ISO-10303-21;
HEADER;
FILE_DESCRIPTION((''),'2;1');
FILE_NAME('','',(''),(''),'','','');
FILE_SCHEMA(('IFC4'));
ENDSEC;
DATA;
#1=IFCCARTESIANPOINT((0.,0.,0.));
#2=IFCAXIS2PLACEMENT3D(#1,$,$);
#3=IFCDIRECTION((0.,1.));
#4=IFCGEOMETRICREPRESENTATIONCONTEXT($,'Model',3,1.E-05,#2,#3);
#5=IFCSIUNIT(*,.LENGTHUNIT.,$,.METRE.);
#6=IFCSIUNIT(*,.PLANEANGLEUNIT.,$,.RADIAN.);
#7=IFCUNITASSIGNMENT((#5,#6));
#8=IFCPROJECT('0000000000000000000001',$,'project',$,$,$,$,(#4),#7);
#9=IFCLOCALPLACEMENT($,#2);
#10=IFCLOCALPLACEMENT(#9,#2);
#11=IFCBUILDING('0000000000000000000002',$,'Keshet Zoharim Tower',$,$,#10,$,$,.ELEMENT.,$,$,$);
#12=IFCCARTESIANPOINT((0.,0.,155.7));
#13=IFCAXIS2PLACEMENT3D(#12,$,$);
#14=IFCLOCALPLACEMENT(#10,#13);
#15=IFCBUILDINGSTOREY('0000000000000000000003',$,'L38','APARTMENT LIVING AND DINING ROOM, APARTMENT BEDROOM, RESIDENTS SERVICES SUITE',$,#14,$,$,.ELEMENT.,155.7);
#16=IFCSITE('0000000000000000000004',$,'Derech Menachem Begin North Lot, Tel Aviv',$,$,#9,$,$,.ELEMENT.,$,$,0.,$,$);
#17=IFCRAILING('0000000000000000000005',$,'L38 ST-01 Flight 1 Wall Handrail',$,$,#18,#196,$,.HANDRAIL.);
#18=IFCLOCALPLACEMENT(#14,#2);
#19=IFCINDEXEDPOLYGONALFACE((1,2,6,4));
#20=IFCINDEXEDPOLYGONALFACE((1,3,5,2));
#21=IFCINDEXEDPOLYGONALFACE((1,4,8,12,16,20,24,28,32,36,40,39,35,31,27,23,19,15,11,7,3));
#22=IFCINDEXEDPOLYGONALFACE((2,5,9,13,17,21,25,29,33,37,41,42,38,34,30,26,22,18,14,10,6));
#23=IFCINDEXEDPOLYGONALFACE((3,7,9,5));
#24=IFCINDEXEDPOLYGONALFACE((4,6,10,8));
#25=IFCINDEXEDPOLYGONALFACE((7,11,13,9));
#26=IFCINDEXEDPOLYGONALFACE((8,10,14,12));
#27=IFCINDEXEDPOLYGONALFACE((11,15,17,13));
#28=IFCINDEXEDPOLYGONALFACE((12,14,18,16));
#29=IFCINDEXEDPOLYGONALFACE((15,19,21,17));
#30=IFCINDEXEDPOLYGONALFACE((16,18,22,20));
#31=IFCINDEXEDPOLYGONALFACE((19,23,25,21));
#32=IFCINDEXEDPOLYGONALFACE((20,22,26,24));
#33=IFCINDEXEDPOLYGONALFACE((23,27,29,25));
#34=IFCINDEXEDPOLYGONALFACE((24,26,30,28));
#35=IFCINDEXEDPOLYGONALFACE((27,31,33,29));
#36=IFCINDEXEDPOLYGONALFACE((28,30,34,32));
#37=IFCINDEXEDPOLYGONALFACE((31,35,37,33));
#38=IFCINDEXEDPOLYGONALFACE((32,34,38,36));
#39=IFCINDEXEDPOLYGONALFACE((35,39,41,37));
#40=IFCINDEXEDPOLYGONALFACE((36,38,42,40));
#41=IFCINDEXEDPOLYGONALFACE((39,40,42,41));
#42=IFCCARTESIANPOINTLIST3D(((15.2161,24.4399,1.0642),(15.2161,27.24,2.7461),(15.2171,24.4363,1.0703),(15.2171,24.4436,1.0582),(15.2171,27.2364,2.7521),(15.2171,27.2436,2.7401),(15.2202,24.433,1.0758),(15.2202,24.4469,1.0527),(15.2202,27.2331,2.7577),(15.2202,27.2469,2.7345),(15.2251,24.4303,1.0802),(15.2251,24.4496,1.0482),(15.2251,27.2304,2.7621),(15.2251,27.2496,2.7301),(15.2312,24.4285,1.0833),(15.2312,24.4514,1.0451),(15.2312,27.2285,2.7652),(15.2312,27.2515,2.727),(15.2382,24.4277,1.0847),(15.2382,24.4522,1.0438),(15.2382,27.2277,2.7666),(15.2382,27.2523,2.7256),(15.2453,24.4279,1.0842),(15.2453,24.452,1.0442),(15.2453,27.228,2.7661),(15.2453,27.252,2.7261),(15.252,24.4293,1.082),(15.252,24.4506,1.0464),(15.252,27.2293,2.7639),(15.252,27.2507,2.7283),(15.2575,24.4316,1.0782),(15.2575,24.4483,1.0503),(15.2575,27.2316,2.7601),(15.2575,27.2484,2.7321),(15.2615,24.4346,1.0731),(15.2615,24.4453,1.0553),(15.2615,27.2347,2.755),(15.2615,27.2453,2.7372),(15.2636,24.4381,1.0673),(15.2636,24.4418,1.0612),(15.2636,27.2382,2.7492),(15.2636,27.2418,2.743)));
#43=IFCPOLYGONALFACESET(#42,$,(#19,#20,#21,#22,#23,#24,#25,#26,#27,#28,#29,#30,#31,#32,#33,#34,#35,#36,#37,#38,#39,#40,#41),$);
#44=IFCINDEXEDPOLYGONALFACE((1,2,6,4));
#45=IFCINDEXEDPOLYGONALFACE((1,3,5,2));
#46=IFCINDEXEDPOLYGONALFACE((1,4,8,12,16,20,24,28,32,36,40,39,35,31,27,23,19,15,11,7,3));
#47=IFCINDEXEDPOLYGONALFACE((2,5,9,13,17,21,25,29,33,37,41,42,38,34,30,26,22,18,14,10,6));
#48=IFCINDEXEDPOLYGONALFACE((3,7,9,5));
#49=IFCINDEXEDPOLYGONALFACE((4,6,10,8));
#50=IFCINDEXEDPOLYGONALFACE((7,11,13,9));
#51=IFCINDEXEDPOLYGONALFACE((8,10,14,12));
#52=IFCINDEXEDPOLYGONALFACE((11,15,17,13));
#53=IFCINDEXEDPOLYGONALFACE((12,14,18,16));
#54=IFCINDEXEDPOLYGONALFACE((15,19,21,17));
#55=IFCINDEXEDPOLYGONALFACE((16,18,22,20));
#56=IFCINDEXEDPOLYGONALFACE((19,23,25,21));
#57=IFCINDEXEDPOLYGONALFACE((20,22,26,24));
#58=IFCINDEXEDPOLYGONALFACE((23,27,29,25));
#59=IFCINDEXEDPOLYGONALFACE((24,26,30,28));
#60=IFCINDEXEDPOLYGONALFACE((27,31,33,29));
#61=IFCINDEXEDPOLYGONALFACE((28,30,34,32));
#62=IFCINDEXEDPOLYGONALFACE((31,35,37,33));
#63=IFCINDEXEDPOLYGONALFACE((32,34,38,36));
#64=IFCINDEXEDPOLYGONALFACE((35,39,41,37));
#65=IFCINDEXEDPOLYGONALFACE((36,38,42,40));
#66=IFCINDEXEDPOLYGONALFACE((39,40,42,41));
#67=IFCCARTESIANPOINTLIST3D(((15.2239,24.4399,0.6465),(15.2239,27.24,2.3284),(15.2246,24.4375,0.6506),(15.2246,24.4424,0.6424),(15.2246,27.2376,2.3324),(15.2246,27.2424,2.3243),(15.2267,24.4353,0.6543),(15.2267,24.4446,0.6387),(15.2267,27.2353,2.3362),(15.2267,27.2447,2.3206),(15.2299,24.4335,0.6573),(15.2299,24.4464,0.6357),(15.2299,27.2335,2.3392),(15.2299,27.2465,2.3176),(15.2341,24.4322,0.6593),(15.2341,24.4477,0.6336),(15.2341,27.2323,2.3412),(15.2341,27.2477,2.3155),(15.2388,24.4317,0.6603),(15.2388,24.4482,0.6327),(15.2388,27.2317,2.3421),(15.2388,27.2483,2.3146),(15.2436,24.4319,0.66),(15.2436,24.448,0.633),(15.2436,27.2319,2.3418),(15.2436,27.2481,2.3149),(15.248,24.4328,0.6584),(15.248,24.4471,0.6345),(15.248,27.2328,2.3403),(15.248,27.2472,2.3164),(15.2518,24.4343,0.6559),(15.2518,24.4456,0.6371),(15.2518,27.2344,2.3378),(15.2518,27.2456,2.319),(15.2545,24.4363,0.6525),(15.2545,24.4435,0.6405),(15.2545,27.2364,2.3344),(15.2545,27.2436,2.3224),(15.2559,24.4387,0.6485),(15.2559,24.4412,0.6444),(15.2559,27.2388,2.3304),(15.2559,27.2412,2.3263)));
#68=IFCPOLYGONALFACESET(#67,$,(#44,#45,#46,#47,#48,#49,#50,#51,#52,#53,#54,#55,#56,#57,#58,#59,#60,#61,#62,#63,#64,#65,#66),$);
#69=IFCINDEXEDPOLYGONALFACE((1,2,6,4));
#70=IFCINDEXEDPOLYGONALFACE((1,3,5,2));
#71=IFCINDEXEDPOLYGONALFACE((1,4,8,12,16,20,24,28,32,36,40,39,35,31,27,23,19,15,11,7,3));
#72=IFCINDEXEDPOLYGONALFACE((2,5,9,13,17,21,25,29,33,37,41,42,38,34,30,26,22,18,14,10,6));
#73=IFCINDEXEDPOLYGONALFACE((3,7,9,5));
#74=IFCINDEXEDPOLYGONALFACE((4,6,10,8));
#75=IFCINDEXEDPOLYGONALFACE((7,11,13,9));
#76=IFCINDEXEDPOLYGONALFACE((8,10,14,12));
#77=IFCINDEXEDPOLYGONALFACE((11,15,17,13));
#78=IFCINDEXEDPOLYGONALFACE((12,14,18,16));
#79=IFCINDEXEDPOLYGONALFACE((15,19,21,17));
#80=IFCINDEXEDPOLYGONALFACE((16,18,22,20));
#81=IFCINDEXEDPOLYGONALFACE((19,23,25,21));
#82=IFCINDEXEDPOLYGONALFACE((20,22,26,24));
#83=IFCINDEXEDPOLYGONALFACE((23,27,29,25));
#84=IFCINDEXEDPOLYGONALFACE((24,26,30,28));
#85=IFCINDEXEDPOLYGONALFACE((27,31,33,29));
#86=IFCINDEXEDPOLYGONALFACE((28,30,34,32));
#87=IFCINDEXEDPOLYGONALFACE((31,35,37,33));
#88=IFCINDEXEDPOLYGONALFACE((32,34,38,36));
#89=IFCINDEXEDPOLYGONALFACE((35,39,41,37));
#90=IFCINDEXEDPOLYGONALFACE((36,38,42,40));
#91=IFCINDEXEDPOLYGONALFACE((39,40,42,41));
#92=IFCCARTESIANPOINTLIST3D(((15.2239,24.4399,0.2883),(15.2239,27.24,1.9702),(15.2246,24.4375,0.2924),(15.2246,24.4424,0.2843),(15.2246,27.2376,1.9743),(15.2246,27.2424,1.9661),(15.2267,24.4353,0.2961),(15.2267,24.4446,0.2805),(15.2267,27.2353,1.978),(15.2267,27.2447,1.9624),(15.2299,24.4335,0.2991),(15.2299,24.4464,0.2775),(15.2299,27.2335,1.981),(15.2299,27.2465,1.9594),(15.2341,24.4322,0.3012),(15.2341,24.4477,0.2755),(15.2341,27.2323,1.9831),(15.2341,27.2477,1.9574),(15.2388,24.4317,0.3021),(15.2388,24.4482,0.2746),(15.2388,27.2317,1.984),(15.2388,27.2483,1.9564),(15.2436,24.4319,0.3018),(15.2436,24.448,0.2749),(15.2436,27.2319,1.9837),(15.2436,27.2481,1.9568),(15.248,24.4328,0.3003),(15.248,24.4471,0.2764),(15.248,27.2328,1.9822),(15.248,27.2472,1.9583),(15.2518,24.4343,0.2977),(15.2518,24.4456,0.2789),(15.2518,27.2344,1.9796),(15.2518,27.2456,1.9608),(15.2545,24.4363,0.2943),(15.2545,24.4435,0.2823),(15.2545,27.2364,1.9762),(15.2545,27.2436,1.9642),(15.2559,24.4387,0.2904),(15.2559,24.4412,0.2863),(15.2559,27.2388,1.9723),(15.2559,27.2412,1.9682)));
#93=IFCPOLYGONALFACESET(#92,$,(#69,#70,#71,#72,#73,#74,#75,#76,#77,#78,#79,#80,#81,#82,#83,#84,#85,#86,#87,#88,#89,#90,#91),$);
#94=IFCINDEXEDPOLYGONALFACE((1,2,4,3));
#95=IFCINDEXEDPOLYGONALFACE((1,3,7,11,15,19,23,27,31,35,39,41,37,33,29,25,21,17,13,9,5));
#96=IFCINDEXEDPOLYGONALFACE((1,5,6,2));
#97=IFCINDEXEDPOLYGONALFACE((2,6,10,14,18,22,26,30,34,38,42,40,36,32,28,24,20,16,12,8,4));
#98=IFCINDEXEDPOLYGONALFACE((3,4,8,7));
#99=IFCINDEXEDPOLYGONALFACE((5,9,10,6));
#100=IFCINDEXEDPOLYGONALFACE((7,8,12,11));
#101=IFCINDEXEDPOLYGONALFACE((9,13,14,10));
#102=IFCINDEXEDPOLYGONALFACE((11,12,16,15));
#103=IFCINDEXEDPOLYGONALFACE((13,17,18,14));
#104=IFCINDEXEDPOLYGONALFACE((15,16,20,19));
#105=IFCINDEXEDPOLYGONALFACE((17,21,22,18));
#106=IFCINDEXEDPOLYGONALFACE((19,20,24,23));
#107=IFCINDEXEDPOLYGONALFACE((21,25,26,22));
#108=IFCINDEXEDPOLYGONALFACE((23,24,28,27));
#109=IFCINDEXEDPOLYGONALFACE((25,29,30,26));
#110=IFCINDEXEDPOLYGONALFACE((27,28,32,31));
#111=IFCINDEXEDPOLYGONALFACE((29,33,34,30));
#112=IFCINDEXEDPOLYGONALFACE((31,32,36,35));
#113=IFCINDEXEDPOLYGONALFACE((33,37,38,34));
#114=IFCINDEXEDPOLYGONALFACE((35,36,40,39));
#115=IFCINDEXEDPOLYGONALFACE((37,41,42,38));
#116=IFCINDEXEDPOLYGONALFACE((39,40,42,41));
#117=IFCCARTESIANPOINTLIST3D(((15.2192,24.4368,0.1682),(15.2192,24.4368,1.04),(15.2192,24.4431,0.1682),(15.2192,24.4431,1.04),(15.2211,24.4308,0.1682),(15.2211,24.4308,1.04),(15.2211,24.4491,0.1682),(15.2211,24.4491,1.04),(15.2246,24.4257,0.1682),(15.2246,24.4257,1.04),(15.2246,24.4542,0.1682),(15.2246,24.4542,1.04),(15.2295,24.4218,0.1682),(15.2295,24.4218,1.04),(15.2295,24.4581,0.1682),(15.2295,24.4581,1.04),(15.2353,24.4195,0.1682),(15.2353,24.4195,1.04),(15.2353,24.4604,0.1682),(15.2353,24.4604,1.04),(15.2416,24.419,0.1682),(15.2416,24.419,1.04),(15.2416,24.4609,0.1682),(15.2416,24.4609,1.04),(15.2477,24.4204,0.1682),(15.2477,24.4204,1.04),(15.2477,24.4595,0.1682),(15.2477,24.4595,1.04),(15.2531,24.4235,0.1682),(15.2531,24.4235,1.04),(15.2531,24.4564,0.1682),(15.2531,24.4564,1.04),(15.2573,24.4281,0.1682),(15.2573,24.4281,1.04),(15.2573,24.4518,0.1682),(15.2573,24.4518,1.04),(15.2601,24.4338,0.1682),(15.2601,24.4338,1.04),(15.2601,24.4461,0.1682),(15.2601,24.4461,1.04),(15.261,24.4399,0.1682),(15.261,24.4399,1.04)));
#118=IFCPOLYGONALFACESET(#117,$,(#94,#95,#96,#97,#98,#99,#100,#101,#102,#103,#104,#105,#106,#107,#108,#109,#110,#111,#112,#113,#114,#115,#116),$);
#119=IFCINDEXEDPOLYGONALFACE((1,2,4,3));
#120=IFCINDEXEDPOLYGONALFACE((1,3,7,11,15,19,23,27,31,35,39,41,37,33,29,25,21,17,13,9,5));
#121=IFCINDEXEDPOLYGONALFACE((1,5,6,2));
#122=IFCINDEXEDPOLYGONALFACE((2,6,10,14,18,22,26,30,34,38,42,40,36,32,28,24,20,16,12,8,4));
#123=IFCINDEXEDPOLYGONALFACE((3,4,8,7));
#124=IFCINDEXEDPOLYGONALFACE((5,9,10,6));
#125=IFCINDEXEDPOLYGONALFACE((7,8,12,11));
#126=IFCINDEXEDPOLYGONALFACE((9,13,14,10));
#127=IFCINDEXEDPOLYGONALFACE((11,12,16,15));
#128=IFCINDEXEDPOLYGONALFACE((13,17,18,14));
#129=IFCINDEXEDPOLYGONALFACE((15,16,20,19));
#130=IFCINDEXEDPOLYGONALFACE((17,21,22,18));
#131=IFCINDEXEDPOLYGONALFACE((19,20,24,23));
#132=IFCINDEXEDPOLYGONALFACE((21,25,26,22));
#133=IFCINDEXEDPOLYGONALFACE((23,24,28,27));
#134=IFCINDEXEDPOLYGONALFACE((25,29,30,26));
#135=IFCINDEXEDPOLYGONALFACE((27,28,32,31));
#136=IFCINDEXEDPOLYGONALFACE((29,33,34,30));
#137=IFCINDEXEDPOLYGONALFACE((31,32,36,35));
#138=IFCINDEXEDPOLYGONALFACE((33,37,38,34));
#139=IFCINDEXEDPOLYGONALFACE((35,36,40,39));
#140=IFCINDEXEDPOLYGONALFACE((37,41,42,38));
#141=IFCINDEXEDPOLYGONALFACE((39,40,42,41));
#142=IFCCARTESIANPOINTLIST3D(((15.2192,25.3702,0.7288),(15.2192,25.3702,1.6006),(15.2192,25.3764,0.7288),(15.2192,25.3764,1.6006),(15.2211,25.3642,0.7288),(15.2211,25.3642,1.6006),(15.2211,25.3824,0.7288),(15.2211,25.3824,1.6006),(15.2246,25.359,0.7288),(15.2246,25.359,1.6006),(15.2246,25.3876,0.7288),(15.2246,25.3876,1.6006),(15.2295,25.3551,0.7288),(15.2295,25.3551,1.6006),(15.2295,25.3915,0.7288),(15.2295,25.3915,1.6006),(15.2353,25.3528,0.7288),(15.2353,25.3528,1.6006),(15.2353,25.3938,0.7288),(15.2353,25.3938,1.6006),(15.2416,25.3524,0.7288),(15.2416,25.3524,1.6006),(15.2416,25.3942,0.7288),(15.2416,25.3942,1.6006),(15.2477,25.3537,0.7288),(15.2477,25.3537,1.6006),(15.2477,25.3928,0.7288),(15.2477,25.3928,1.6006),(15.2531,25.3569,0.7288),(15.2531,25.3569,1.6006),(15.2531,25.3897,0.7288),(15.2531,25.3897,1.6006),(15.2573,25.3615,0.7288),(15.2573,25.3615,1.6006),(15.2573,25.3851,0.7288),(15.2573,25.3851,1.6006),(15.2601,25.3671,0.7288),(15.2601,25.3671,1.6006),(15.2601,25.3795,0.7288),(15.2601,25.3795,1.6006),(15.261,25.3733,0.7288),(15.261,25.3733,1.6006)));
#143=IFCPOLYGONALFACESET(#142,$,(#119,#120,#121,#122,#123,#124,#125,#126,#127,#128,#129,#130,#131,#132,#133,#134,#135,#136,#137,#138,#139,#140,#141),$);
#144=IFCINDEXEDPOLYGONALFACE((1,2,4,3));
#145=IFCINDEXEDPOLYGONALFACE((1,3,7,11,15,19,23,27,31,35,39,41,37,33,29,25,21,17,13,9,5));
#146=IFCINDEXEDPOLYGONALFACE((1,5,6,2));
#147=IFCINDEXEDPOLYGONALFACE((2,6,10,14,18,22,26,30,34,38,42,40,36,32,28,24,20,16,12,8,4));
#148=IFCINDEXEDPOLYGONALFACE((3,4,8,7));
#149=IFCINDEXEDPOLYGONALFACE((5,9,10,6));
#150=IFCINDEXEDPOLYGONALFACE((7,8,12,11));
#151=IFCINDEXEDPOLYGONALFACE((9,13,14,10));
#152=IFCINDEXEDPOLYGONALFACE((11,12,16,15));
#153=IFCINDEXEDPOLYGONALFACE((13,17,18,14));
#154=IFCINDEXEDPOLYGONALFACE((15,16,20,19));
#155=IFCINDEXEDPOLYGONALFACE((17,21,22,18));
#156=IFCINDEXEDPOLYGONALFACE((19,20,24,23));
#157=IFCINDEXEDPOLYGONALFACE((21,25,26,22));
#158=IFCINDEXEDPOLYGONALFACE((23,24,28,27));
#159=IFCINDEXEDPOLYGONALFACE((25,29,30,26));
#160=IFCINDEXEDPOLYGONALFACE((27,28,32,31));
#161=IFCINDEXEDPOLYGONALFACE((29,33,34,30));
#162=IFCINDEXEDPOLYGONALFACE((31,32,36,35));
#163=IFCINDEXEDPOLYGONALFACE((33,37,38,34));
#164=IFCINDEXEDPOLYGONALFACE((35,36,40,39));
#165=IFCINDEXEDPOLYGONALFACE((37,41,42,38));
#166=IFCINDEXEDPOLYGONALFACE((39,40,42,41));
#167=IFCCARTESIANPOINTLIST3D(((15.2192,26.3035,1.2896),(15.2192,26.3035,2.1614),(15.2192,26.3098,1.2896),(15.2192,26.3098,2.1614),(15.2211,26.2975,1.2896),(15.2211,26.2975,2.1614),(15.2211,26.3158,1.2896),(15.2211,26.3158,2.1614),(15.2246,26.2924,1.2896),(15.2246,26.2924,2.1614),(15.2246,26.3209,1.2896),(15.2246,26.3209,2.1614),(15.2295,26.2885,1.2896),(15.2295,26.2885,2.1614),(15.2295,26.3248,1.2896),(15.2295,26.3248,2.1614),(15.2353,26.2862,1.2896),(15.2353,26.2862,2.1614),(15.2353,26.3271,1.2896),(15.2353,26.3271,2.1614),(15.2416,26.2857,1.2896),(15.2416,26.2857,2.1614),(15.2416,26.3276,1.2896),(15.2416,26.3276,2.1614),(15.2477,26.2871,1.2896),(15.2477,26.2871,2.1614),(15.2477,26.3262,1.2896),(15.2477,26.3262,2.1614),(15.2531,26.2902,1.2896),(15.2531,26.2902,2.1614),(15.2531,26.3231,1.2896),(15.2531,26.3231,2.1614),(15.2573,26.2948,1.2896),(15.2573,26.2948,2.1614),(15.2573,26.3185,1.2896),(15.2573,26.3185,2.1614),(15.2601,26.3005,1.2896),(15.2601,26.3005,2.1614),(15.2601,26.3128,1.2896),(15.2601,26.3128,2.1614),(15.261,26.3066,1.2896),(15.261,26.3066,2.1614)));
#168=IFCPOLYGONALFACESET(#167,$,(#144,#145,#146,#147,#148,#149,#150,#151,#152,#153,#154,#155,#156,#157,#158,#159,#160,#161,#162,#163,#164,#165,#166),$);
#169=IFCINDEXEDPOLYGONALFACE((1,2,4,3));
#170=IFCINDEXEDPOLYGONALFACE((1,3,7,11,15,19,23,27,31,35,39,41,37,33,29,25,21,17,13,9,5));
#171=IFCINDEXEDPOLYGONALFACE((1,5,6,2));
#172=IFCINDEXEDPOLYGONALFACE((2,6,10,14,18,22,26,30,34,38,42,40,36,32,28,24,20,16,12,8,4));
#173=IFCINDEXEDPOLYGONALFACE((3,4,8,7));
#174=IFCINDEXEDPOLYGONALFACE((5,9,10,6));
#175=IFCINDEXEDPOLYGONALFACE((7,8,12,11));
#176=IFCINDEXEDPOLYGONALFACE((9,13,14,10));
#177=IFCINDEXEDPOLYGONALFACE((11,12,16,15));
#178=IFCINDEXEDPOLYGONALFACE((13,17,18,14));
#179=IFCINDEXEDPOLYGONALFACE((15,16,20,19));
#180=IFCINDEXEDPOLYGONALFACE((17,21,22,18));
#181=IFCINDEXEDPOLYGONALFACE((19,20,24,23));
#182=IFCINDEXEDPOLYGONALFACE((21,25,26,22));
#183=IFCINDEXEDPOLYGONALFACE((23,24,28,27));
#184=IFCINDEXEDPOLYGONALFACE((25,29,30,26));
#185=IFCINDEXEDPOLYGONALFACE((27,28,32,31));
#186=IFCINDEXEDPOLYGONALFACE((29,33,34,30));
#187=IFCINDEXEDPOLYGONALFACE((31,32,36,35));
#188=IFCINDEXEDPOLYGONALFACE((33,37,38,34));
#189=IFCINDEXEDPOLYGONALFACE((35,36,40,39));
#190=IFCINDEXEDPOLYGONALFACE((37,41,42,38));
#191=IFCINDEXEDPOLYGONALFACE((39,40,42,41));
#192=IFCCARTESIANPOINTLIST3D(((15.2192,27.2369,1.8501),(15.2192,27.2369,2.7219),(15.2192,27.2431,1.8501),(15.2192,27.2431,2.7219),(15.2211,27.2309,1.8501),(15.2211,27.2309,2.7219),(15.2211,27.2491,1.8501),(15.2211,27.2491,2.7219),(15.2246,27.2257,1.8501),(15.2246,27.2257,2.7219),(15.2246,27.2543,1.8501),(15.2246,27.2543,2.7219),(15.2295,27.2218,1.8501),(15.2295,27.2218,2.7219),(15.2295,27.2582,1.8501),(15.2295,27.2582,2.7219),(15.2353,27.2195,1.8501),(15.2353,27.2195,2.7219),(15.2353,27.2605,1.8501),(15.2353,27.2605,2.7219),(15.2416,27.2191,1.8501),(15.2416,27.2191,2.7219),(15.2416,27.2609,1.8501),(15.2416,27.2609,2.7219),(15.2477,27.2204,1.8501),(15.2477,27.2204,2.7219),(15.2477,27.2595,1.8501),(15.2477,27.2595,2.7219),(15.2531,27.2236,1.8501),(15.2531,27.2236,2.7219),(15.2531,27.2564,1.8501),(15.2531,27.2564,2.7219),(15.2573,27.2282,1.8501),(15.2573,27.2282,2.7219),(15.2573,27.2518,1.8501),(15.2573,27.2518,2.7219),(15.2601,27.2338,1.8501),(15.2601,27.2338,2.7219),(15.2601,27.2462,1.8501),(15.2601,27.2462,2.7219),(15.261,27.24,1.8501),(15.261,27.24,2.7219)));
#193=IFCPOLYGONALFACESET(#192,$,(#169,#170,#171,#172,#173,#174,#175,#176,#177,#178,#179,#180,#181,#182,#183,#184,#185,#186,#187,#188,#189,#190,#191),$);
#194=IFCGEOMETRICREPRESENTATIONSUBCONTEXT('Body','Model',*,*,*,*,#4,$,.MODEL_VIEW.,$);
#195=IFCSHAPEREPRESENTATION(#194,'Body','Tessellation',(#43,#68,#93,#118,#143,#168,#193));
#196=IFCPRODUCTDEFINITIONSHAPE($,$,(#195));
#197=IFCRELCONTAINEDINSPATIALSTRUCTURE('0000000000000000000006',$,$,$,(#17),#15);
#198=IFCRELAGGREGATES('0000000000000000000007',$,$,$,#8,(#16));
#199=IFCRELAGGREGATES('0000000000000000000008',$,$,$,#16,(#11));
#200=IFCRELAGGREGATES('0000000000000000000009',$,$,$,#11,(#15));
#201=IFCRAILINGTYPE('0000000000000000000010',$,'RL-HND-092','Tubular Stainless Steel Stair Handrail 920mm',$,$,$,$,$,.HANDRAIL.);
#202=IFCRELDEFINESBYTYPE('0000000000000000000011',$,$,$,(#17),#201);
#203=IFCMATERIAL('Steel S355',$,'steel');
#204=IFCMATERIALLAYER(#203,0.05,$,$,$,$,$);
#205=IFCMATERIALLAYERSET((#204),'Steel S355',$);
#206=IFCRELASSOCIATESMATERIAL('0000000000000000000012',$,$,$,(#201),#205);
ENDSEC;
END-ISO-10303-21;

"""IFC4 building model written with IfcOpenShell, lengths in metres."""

from ifc_helpers import new_model, si_unit, direction, frame, origin, origin_2d, place, context, subcontext, project, spatial, circle, extrude, material, layer, layer_set, type_object, element, save


model = new_model("IFC4")

# Units and contexts
model_context = context("Model", 3, precision=1e-05, world=origin(), true_north=direction((0.0, 1.0)))
body_context = subcontext(model_context, "Body", "Model", "MODEL_VIEW")
ifc_project = project(units=[si_unit("LENGTHUNIT", "METRE"), si_unit("PLANEANGLEUNIT", "RADIAN")], contexts=[model_context])

# Site, building, storey
site_placement = place(None, origin())
site = spatial("IfcSite", under=ifc_project, at=site_placement, Name="Derech Menachem Begin North Lot, Tel Aviv", CompositionType="ELEMENT", RefElevation=0.0)
building_placement = place(site_placement, origin())
building = spatial("IfcBuilding", under=site, at=building_placement, Name="Keshet Zoharim Tower", CompositionType="ELEMENT")
storey_placement = place(building_placement, frame((0.0, 0.0, 155.7)))
storey = spatial("IfcBuildingStorey", under=building, at=storey_placement, Name="L38", Description="APARTMENT LIVING AND DINING ROOM, APARTMENT BEDROOM, RESIDENTS SERVICES SUITE", CompositionType="ELEMENT", Elevation=155.7)

# Railing
ifc_material_1 = material(Name="Steel S355", Category="steel")
ifc_layer_1 = layer(ifc_material_1, 0.05)
ifc_layer_set_1 = layer_set([ifc_layer_1], Name="Steel S355")
railing_type = type_object("IfcRailingType", Name="RL-HND-092", Description="Tubular Stainless Steel Stair Handrail 920mm", PredefinedType="HANDRAIL", material=ifc_layer_set_1)
railing_placement = place(storey_placement, frame((15.24, 24.4399, 0.1682)))
element("IfcRailing", 1, at=railing_placement, inside=storey, type_object=railing_type, Name="L38 ST-01 Flight 1 Wall Handrail", PredefinedType="HANDRAIL", context=body_context, shape_type="SweptSolid", body=[
    extrude(circle(Radius=0.0239, at=origin_2d()), frame((0.0, 0.0, 0.896), z_axis=(0.0, 0.857242, 0.514913), x_axis=(-1.0, 0.0, 0.0)), (0.0, 0.0, 1.0), 3.2664),
    extrude(circle(Radius=0.0161, at=origin_2d()), frame((0.0, 0.0, 0.4783), z_axis=(0.0, 0.857242, 0.514913), x_axis=(-1.0, 0.0, 0.0)), (0.0, 0.0, 1.0), 3.2664),
    extrude(circle(Radius=0.0161, at=origin_2d()), frame((0.0, 0.0, 0.1201), z_axis=(0.0, 0.857242, 0.514913), x_axis=(-1.0, 0.0, 0.0)), (0.0, 0.0, 1.0), 3.2664),
    extrude(circle(Radius=0.021, at=origin_2d()), origin(), (0.0, 0.0, 1.0), 0.8718),
    extrude(circle(Radius=0.021, at=origin_2d()), frame((0.0, 0.9333, 0.5605)), (0.0, 0.0, 1.0), 0.8718),
    extrude(circle(Radius=0.021, at=origin_2d()), frame((0.0, 1.8667, 1.1213)), (0.0, 0.0, 1.0), 0.8718),
    extrude(circle(Radius=0.021, at=origin_2d()), frame((0.0, 2.8, 1.6819)), (0.0, 0.0, 1.0), 0.8718),
])

save(model, "model.ifc")
